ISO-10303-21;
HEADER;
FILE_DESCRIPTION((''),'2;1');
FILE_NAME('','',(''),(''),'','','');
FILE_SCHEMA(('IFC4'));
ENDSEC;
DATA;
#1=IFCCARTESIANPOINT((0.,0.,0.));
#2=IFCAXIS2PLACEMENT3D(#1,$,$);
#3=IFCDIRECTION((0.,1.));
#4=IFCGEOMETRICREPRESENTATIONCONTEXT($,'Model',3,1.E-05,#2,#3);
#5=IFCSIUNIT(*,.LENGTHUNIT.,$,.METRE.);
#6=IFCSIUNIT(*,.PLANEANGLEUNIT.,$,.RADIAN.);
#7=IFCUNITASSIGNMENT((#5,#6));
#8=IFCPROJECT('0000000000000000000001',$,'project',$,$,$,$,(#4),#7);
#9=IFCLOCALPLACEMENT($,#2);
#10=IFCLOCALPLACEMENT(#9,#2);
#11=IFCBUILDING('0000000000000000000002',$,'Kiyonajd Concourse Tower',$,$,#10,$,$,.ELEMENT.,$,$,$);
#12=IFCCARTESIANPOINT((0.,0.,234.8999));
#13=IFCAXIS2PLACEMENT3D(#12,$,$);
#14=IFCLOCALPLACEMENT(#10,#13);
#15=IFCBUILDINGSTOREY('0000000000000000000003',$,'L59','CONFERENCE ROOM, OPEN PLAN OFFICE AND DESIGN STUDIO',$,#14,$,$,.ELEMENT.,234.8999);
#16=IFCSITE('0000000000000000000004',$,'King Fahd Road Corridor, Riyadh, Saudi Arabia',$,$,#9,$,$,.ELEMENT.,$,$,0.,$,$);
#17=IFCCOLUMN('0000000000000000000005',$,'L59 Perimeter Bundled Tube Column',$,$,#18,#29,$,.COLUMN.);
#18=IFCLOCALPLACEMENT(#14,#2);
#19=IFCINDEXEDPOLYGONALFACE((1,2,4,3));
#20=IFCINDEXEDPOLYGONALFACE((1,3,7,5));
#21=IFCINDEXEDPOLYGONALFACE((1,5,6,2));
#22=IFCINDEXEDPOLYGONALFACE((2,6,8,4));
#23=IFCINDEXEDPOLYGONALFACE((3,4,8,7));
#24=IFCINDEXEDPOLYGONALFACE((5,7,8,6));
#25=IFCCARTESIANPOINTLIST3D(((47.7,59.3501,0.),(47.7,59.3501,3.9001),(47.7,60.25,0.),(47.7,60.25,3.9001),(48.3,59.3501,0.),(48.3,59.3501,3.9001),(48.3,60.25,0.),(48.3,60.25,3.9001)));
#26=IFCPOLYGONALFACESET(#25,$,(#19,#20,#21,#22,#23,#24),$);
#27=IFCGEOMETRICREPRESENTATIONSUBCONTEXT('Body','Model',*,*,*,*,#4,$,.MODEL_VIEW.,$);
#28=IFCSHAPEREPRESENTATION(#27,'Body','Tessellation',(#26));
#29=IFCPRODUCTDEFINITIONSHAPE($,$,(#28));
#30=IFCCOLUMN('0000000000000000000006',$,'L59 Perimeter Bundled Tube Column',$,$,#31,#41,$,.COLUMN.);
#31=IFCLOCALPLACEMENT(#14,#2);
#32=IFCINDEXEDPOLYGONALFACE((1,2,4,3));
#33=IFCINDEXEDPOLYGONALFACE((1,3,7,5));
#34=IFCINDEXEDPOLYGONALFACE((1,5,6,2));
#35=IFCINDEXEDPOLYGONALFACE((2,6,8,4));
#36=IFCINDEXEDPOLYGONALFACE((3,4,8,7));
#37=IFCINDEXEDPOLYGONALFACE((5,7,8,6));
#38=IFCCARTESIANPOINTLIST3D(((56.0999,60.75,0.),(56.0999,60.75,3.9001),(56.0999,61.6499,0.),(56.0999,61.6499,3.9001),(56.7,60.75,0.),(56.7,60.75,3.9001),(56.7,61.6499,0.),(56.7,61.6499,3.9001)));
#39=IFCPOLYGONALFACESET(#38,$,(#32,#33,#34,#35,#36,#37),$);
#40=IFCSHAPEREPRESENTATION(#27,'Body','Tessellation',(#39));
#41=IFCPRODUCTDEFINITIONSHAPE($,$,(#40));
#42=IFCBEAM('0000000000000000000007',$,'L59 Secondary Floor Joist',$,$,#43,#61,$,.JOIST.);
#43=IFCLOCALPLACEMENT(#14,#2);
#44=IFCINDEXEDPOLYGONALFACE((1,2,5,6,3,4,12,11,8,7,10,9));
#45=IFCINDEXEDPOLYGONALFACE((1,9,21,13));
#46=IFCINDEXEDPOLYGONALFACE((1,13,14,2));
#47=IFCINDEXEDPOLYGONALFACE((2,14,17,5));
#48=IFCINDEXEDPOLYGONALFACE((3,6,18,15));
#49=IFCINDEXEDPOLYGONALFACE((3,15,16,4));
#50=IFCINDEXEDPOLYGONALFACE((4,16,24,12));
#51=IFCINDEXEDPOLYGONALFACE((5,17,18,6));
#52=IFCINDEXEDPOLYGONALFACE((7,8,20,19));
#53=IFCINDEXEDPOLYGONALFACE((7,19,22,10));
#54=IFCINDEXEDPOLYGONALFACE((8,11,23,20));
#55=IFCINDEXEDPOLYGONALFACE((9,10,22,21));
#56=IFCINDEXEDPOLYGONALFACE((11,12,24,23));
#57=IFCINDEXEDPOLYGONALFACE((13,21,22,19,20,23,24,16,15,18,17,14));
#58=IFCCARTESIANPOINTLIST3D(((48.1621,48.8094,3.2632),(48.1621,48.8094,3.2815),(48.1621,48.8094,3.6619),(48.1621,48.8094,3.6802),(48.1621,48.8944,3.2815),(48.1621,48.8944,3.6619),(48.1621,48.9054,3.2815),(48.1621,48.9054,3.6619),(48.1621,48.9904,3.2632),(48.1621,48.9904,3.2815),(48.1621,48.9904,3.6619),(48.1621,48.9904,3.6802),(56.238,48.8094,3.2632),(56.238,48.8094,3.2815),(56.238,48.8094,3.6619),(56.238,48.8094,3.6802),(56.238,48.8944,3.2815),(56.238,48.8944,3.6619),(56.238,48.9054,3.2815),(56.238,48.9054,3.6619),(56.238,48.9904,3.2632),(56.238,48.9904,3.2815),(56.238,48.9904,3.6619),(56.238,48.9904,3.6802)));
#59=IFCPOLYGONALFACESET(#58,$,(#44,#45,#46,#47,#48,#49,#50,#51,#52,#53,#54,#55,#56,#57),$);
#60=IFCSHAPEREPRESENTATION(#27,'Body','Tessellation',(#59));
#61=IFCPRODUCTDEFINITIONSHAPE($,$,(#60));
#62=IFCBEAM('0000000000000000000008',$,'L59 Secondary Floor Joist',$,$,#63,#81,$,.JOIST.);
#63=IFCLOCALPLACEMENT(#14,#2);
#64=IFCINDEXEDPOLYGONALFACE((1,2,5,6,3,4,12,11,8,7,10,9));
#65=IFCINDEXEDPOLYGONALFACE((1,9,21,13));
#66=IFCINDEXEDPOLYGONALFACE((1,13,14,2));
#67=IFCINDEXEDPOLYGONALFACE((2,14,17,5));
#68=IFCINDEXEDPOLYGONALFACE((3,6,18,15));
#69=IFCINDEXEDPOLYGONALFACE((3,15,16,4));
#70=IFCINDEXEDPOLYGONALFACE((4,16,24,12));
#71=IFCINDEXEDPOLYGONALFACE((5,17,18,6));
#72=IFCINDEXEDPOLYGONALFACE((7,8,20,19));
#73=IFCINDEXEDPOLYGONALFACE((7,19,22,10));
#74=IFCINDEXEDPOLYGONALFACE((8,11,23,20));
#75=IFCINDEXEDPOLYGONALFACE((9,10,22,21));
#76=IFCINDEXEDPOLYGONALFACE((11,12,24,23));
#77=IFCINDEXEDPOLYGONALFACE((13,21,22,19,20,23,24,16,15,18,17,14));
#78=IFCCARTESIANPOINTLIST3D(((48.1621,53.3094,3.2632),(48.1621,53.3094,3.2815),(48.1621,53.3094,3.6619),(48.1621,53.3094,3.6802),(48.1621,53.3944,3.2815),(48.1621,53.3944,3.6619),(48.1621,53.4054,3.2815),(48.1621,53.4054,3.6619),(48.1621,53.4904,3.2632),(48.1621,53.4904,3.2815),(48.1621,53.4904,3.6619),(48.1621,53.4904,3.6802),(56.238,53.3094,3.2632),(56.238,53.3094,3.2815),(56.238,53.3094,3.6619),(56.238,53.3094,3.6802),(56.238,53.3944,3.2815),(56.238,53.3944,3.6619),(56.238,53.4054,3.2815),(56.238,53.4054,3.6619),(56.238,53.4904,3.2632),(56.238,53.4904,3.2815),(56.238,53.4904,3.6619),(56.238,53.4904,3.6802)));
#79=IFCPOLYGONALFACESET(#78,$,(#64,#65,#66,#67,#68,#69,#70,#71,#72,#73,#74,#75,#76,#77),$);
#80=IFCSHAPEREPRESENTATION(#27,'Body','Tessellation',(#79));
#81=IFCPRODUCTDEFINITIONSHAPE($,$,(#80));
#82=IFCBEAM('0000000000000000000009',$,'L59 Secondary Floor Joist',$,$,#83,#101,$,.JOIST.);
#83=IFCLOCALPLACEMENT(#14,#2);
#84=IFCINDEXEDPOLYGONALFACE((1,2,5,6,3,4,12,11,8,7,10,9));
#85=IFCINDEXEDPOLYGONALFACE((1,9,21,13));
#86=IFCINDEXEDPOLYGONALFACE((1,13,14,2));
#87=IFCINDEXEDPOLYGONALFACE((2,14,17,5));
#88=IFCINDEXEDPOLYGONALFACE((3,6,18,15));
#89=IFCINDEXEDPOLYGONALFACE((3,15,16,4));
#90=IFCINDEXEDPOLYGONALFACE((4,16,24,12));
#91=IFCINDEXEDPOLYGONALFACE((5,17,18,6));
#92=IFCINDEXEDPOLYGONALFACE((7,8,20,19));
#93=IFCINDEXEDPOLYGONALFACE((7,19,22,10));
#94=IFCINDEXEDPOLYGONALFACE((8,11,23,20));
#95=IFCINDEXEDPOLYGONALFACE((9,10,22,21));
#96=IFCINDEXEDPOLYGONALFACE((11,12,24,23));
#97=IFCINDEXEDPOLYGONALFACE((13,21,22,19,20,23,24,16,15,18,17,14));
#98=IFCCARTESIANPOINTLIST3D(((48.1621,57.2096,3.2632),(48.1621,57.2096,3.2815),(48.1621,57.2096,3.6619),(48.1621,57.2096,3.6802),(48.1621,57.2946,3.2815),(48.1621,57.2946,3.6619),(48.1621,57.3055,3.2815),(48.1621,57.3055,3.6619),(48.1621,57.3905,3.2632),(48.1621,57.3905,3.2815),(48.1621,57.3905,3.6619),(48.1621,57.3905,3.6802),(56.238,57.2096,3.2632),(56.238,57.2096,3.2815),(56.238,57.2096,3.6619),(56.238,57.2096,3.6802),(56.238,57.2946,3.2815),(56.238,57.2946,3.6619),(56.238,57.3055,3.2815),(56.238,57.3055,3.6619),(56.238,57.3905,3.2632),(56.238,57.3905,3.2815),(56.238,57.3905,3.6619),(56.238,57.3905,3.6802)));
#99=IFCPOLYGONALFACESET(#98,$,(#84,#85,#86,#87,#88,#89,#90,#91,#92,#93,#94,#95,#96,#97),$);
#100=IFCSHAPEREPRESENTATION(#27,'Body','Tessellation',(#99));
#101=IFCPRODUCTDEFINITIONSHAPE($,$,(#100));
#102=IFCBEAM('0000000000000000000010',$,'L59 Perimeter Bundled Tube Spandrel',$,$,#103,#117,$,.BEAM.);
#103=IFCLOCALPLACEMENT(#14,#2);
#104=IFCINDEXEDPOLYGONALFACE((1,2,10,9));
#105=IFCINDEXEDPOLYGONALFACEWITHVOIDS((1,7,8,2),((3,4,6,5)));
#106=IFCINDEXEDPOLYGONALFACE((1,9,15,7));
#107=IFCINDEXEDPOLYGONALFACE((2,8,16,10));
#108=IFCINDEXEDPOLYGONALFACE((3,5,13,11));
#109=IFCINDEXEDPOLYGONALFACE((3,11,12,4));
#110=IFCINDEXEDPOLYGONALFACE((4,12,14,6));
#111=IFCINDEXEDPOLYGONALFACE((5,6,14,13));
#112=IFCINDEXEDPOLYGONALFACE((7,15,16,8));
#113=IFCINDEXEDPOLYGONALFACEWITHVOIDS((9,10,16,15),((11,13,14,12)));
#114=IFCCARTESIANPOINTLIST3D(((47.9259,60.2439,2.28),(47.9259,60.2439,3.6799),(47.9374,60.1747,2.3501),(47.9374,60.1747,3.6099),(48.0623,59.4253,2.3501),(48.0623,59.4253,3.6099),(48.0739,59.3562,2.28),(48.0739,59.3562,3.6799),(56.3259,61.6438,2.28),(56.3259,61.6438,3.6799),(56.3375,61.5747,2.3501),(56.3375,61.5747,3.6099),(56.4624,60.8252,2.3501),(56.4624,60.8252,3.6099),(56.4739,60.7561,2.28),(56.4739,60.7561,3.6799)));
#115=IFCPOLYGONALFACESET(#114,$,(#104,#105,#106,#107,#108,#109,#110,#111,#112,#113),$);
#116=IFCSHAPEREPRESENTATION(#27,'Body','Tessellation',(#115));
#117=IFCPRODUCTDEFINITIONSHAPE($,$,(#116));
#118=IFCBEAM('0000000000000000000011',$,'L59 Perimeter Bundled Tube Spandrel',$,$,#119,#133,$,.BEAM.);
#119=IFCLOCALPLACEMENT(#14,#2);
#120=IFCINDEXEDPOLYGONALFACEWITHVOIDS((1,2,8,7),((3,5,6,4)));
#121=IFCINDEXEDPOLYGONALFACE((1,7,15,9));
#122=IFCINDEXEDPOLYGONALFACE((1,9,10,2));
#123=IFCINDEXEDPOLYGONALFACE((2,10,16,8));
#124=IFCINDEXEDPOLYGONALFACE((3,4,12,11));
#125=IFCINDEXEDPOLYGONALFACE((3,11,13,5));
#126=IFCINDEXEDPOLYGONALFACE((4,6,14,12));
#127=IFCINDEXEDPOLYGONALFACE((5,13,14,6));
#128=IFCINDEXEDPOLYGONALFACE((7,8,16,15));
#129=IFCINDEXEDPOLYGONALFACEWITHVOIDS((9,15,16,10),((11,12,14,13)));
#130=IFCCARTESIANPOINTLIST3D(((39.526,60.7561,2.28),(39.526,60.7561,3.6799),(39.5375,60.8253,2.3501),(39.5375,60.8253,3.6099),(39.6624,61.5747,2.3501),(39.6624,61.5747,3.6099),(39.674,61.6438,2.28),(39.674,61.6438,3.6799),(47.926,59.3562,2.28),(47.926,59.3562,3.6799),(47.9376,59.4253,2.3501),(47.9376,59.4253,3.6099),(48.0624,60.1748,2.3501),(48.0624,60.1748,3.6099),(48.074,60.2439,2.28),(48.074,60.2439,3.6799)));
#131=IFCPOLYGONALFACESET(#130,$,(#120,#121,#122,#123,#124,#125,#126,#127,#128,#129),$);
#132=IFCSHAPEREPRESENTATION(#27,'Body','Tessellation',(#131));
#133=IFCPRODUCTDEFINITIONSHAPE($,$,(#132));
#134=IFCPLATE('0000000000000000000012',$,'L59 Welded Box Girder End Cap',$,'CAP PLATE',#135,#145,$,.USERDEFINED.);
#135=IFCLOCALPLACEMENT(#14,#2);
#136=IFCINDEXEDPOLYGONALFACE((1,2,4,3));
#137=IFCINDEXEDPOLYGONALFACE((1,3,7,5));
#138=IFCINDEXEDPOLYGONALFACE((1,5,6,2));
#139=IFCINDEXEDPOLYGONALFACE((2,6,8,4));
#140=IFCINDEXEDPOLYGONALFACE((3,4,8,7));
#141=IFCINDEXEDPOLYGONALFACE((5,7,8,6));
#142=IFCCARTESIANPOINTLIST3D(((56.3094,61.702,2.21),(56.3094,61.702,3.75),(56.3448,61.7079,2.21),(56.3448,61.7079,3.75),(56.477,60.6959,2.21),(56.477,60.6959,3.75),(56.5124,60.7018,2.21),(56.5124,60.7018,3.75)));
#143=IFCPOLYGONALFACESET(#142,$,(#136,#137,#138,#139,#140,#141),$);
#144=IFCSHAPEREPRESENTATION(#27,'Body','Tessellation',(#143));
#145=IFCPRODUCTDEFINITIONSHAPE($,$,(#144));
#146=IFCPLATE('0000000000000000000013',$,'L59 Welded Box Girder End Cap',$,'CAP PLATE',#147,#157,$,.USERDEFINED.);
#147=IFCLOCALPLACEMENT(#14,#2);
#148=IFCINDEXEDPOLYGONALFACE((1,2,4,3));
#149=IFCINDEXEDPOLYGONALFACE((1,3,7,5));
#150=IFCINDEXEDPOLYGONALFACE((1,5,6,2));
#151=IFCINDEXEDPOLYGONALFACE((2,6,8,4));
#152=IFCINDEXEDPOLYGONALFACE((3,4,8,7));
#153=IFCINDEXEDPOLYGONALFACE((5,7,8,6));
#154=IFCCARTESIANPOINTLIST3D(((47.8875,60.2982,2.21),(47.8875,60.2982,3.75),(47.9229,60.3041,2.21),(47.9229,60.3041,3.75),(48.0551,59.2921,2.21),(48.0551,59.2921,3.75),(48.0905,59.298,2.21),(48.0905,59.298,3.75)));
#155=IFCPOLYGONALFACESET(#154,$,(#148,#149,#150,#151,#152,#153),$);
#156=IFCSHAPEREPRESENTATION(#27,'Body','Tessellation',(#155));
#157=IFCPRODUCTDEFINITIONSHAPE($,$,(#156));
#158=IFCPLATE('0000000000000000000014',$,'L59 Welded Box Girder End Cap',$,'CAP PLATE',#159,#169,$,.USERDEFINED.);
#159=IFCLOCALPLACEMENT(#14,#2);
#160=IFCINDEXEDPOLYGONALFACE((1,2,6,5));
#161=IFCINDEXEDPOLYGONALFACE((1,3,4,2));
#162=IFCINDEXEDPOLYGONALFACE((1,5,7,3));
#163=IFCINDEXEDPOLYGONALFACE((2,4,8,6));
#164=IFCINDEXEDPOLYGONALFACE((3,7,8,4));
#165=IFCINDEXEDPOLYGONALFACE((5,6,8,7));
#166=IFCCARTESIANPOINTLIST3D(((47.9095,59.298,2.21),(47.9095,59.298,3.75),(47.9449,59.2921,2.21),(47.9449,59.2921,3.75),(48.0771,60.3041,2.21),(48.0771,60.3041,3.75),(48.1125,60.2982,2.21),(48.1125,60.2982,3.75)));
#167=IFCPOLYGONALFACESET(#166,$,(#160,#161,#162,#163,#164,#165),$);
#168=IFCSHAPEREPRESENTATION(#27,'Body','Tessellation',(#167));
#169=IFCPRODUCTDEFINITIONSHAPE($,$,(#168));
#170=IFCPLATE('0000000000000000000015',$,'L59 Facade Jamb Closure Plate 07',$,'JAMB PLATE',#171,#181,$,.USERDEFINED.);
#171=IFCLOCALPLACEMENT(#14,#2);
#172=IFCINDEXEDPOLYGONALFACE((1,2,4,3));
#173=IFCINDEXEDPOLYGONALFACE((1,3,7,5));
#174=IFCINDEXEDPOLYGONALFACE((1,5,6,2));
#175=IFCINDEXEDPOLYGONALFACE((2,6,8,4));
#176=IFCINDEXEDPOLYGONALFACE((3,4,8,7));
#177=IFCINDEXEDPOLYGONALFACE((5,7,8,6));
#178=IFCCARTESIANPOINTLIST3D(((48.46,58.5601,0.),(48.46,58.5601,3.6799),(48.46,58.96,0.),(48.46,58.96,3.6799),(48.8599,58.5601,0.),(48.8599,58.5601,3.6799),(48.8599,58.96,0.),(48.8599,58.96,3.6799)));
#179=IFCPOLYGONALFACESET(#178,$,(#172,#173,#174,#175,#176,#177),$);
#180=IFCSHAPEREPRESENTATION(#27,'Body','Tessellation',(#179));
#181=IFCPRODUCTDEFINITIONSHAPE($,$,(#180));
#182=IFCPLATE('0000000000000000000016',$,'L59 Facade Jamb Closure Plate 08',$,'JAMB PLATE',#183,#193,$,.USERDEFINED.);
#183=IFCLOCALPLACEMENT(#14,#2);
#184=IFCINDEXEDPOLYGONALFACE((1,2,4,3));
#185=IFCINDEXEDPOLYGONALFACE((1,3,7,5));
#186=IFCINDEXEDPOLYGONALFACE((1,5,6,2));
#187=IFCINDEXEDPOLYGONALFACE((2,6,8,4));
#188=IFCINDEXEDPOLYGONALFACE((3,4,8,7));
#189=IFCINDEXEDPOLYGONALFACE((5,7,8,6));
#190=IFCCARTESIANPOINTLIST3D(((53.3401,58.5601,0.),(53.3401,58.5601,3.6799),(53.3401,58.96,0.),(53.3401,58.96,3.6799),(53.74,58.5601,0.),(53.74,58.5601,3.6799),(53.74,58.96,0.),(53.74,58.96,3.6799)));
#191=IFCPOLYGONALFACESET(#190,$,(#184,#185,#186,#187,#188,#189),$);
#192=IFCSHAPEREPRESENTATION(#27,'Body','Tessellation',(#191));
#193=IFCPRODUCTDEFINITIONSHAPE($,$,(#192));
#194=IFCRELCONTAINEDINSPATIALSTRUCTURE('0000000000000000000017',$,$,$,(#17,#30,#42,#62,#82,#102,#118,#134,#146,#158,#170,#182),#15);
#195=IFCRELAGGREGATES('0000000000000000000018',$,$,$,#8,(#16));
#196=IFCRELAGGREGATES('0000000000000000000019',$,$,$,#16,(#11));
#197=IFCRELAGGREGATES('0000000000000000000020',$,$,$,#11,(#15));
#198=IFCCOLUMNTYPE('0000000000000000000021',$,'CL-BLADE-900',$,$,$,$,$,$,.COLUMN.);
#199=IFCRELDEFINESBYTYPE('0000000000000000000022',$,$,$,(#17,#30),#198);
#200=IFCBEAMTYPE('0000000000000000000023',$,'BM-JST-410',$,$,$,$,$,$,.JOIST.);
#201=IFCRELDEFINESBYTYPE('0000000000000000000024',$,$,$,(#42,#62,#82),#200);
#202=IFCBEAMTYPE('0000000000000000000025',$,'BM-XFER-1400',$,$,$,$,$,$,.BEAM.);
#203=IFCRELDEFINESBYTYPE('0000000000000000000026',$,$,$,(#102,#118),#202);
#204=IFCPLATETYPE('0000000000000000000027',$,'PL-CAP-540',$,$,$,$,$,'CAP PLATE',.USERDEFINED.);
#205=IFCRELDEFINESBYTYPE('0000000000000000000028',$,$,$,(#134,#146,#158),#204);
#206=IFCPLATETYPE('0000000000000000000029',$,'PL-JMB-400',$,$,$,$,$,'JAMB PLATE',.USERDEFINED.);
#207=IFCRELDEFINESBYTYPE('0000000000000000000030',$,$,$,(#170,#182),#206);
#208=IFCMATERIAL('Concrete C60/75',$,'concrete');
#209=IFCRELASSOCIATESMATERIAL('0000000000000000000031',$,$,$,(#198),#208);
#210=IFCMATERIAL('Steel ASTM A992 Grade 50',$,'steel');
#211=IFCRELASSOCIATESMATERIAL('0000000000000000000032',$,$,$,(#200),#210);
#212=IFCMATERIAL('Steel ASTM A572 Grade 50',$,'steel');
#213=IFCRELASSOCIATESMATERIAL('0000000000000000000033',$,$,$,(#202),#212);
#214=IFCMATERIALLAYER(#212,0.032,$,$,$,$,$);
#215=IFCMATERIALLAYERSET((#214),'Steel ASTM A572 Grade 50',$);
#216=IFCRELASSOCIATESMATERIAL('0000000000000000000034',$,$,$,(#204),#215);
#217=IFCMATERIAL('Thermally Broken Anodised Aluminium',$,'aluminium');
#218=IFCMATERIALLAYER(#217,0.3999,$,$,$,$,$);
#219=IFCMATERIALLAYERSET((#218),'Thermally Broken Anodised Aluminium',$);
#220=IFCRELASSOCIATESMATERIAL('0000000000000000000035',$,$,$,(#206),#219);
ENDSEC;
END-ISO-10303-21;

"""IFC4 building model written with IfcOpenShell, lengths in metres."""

from ifc_helpers import new_model, si_unit, direction, frame, origin, origin_2d, place, context, subcontext, project, spatial, rectangle, hollow_rectangle, i_section, extrude, material, layer, layer_set, material_profile, profile_set, type_object, element, save


model = new_model("IFC4")

# Units and contexts
model_context = context("Model", 3, precision=1e-05, world=origin(), true_north=direction((0.0, 1.0)))
body_context = subcontext(model_context, "Body", "Model", "MODEL_VIEW")
ifc_project = project(units=[si_unit("LENGTHUNIT", "METRE"), si_unit("PLANEANGLEUNIT", "RADIAN")], contexts=[model_context])

# Site, building, storey
site_placement = place(None, origin())
site = spatial("IfcSite", under=ifc_project, at=site_placement, Name="King Fahd Road Corridor, Riyadh, Saudi Arabia", CompositionType="ELEMENT", RefElevation=0.0)
building_placement = place(site_placement, origin())
building = spatial("IfcBuilding", under=site, at=building_placement, Name="Kiyonajd Concourse Tower", CompositionType="ELEMENT")
storey_placement = place(building_placement, frame((0.0, 0.0, 234.8999)))
storey = spatial("IfcBuildingStorey", under=building, at=storey_placement, Name="L59", Description="CONFERENCE ROOM, OPEN PLAN OFFICE AND DESIGN STUDIO", CompositionType="ELEMENT", Elevation=234.8999)

# Columns
ifc_material_1 = material(Name="Concrete C60/75", Category="concrete")
ifc_material_profile_1 = material_profile(ifc_material_1, rectangle(XDim=0.6001, YDim=0.8999, at=origin_2d()), Name="RC-900x600")
ifc_profile_set_1 = profile_set([ifc_material_profile_1], Name="Concrete C60/75")
column_type = type_object("IfcColumnType", Name="CL-BLADE-900", PredefinedType="COLUMN", material=ifc_profile_set_1)
for number, where, z_axis, x_axis, name in (
    (1, (48.0, 59.8, 0.0), (0.0, 0.0, 1.0), (1.0, 0.0, 0.0), "L59 Perimeter Bundled Tube Column"),
    (2, (56.3999, 61.2, 0.0), (0.0, 0.0, 1.0), (1.0, 0.0, 0.0), "L59 Perimeter Bundled Tube Column"),
):
    element("IfcColumn", number, at=place(storey_placement, frame(where, z_axis=z_axis, x_axis=x_axis)), inside=storey, type_object=column_type, Name=name, PredefinedType="COLUMN", context=body_context, shape_type="SweptSolid", body=[
        extrude(rectangle(XDim=0.6001, YDim=0.8999, at=origin_2d()), origin(), (0.0, 0.0, 1.0), 3.9001),
    ])

# Beams
ifc_material_2 = material(Name="Steel ASTM A992 Grade 50", Category="steel")
ifc_material_profile_2 = material_profile(ifc_material_2, i_section(OverallWidth=0.1809, OverallDepth=0.417, WebThickness=0.011, FlangeThickness=0.0183, at=origin_2d()), Name="W410X85")
ifc_profile_set_2 = profile_set([ifc_material_profile_2], Name="Steel ASTM A992 Grade 50")
beam_type_1 = type_object("IfcBeamType", Name="BM-JST-410", PredefinedType="JOIST", material=ifc_profile_set_2)
for number, where, z_axis, x_axis, name in (
    (3, (48.1621, 48.8999, 3.4717), (1.0, 0.0, 0.0), (0.0, 1.0, 0.0), "L59 Secondary Floor Joist"),
    (4, (48.1621, 53.3999, 3.4717), (1.0, 0.0, 0.0), (0.0, 1.0, 0.0), "L59 Secondary Floor Joist"),
    (5, (48.1621, 57.3, 3.4717), (1.0, 0.0, 0.0), (0.0, 1.0, 0.0), "L59 Secondary Floor Joist"),
):
    element("IfcBeam", number, at=place(storey_placement, frame(where, z_axis=z_axis, x_axis=x_axis)), inside=storey, type_object=beam_type_1, Name=name, PredefinedType="JOIST", context=body_context, shape_type="SweptSolid", body=[
        extrude(i_section(OverallWidth=0.1809, OverallDepth=0.417, WebThickness=0.011, FlangeThickness=0.0183, at=origin_2d()), origin(), (0.0, 0.0, 1.0), 8.0759),
    ])
ifc_material_3 = material(Name="Steel ASTM A572 Grade 50", Category="steel")
ifc_material_profile_3 = material_profile(ifc_material_3, hollow_rectangle(XDim=0.8999, YDim=1.3999, WallThickness=0.0701, at=origin_2d()), Name="BOX-1400x900x70")
ifc_profile_set_3 = profile_set([ifc_material_profile_3], Name="Steel ASTM A572 Grade 50")
beam_type_2 = type_object("IfcBeamType", Name="BM-XFER-1400", PredefinedType="BEAM", material=ifc_profile_set_3)
for number, where, z_axis, x_axis, name in (
    (6, (56.3999, 61.2, 2.98), (-0.986395, -0.16439, 0.0), (0.16439, -0.986395, 0.0), "L59 Perimeter Bundled Tube Spandrel"),
    (7, (48.0, 59.8, 2.98), (-0.986395, 0.16439, 0.0), (-0.16439, -0.986395, 0.0), "L59 Perimeter Bundled Tube Spandrel"),
):
    element("IfcBeam", number, at=place(storey_placement, frame(where, z_axis=z_axis, x_axis=x_axis)), inside=storey, type_object=beam_type_2, Name=name, PredefinedType="BEAM", context=body_context, shape_type="SweptSolid", body=[
        extrude(hollow_rectangle(XDim=0.8999, YDim=1.3999, WallThickness=0.0701, at=origin_2d()), origin(), (0.0, 0.0, 1.0), 8.5159),
    ])

# Plates
ifc_layer_1 = layer(ifc_material_3, 0.032)
ifc_layer_set_1 = layer_set([ifc_layer_1], Name="Steel ASTM A572 Grade 50")
plate_type_1 = type_object("IfcPlateType", Name="PL-CAP-540", ElementType="CAP PLATE", PredefinedType="USERDEFINED", material=ifc_layer_set_1)
for number, where, z_axis, x_axis, name in (
    (8, (56.4109, 61.2019, 2.21), (0.0, 0.0, 1.0), (0.986401, 0.164359, 0.0), "L59 Welded Box Girder End Cap"),
    (9, (47.989, 59.7981, 2.21), (0.0, 0.0, 1.0), (-0.986401, -0.164359, 0.0), "L59 Welded Box Girder End Cap"),
    (10, (48.011, 59.7981, 2.21), (0.0, 0.0, 1.0), (0.986401, -0.164359, 0.0), "L59 Welded Box Girder End Cap"),
):
    element("IfcPlate", number, at=place(storey_placement, frame(where, z_axis=z_axis, x_axis=x_axis)), inside=storey, type_object=plate_type_1, Name=name, ObjectType="CAP PLATE", PredefinedType="USERDEFINED", context=body_context, shape_type="SweptSolid", body=[
        extrude(rectangle(XDim=0.0359, YDim=1.02, at=origin_2d()), origin(), (0.0, 0.0, 1.0), 1.54),
    ])
ifc_material_4 = material(Name="Thermally Broken Anodised Aluminium", Category="aluminium")
ifc_layer_2 = layer(ifc_material_4, 0.3999)
ifc_layer_set_2 = layer_set([ifc_layer_2], Name="Thermally Broken Anodised Aluminium")
plate_type_2 = type_object("IfcPlateType", Name="PL-JMB-400", ElementType="JAMB PLATE", PredefinedType="USERDEFINED", material=ifc_layer_set_2)
for number, where, z_axis, x_axis, name in (
    (11, (48.6599, 58.76, 0.0), (0.0, 0.0, 1.0), (1.0, 0.0, 0.0), "L59 Facade Jamb Closure Plate 07"),
    (12, (53.54, 58.76, 0.0), (0.0, 0.0, 1.0), (1.0, 0.0, 0.0), "L59 Facade Jamb Closure Plate 08"),
):
    element("IfcPlate", number, at=place(storey_placement, frame(where, z_axis=z_axis, x_axis=x_axis)), inside=storey, type_object=plate_type_2, Name=name, ObjectType="JAMB PLATE", PredefinedType="USERDEFINED", context=body_context, shape_type="SweptSolid", body=[
        extrude(rectangle(XDim=0.3999, YDim=0.3999, at=origin_2d()), origin(), (0.0, 0.0, 1.0), 3.6799),
    ])

save(model, "model.ifc")
